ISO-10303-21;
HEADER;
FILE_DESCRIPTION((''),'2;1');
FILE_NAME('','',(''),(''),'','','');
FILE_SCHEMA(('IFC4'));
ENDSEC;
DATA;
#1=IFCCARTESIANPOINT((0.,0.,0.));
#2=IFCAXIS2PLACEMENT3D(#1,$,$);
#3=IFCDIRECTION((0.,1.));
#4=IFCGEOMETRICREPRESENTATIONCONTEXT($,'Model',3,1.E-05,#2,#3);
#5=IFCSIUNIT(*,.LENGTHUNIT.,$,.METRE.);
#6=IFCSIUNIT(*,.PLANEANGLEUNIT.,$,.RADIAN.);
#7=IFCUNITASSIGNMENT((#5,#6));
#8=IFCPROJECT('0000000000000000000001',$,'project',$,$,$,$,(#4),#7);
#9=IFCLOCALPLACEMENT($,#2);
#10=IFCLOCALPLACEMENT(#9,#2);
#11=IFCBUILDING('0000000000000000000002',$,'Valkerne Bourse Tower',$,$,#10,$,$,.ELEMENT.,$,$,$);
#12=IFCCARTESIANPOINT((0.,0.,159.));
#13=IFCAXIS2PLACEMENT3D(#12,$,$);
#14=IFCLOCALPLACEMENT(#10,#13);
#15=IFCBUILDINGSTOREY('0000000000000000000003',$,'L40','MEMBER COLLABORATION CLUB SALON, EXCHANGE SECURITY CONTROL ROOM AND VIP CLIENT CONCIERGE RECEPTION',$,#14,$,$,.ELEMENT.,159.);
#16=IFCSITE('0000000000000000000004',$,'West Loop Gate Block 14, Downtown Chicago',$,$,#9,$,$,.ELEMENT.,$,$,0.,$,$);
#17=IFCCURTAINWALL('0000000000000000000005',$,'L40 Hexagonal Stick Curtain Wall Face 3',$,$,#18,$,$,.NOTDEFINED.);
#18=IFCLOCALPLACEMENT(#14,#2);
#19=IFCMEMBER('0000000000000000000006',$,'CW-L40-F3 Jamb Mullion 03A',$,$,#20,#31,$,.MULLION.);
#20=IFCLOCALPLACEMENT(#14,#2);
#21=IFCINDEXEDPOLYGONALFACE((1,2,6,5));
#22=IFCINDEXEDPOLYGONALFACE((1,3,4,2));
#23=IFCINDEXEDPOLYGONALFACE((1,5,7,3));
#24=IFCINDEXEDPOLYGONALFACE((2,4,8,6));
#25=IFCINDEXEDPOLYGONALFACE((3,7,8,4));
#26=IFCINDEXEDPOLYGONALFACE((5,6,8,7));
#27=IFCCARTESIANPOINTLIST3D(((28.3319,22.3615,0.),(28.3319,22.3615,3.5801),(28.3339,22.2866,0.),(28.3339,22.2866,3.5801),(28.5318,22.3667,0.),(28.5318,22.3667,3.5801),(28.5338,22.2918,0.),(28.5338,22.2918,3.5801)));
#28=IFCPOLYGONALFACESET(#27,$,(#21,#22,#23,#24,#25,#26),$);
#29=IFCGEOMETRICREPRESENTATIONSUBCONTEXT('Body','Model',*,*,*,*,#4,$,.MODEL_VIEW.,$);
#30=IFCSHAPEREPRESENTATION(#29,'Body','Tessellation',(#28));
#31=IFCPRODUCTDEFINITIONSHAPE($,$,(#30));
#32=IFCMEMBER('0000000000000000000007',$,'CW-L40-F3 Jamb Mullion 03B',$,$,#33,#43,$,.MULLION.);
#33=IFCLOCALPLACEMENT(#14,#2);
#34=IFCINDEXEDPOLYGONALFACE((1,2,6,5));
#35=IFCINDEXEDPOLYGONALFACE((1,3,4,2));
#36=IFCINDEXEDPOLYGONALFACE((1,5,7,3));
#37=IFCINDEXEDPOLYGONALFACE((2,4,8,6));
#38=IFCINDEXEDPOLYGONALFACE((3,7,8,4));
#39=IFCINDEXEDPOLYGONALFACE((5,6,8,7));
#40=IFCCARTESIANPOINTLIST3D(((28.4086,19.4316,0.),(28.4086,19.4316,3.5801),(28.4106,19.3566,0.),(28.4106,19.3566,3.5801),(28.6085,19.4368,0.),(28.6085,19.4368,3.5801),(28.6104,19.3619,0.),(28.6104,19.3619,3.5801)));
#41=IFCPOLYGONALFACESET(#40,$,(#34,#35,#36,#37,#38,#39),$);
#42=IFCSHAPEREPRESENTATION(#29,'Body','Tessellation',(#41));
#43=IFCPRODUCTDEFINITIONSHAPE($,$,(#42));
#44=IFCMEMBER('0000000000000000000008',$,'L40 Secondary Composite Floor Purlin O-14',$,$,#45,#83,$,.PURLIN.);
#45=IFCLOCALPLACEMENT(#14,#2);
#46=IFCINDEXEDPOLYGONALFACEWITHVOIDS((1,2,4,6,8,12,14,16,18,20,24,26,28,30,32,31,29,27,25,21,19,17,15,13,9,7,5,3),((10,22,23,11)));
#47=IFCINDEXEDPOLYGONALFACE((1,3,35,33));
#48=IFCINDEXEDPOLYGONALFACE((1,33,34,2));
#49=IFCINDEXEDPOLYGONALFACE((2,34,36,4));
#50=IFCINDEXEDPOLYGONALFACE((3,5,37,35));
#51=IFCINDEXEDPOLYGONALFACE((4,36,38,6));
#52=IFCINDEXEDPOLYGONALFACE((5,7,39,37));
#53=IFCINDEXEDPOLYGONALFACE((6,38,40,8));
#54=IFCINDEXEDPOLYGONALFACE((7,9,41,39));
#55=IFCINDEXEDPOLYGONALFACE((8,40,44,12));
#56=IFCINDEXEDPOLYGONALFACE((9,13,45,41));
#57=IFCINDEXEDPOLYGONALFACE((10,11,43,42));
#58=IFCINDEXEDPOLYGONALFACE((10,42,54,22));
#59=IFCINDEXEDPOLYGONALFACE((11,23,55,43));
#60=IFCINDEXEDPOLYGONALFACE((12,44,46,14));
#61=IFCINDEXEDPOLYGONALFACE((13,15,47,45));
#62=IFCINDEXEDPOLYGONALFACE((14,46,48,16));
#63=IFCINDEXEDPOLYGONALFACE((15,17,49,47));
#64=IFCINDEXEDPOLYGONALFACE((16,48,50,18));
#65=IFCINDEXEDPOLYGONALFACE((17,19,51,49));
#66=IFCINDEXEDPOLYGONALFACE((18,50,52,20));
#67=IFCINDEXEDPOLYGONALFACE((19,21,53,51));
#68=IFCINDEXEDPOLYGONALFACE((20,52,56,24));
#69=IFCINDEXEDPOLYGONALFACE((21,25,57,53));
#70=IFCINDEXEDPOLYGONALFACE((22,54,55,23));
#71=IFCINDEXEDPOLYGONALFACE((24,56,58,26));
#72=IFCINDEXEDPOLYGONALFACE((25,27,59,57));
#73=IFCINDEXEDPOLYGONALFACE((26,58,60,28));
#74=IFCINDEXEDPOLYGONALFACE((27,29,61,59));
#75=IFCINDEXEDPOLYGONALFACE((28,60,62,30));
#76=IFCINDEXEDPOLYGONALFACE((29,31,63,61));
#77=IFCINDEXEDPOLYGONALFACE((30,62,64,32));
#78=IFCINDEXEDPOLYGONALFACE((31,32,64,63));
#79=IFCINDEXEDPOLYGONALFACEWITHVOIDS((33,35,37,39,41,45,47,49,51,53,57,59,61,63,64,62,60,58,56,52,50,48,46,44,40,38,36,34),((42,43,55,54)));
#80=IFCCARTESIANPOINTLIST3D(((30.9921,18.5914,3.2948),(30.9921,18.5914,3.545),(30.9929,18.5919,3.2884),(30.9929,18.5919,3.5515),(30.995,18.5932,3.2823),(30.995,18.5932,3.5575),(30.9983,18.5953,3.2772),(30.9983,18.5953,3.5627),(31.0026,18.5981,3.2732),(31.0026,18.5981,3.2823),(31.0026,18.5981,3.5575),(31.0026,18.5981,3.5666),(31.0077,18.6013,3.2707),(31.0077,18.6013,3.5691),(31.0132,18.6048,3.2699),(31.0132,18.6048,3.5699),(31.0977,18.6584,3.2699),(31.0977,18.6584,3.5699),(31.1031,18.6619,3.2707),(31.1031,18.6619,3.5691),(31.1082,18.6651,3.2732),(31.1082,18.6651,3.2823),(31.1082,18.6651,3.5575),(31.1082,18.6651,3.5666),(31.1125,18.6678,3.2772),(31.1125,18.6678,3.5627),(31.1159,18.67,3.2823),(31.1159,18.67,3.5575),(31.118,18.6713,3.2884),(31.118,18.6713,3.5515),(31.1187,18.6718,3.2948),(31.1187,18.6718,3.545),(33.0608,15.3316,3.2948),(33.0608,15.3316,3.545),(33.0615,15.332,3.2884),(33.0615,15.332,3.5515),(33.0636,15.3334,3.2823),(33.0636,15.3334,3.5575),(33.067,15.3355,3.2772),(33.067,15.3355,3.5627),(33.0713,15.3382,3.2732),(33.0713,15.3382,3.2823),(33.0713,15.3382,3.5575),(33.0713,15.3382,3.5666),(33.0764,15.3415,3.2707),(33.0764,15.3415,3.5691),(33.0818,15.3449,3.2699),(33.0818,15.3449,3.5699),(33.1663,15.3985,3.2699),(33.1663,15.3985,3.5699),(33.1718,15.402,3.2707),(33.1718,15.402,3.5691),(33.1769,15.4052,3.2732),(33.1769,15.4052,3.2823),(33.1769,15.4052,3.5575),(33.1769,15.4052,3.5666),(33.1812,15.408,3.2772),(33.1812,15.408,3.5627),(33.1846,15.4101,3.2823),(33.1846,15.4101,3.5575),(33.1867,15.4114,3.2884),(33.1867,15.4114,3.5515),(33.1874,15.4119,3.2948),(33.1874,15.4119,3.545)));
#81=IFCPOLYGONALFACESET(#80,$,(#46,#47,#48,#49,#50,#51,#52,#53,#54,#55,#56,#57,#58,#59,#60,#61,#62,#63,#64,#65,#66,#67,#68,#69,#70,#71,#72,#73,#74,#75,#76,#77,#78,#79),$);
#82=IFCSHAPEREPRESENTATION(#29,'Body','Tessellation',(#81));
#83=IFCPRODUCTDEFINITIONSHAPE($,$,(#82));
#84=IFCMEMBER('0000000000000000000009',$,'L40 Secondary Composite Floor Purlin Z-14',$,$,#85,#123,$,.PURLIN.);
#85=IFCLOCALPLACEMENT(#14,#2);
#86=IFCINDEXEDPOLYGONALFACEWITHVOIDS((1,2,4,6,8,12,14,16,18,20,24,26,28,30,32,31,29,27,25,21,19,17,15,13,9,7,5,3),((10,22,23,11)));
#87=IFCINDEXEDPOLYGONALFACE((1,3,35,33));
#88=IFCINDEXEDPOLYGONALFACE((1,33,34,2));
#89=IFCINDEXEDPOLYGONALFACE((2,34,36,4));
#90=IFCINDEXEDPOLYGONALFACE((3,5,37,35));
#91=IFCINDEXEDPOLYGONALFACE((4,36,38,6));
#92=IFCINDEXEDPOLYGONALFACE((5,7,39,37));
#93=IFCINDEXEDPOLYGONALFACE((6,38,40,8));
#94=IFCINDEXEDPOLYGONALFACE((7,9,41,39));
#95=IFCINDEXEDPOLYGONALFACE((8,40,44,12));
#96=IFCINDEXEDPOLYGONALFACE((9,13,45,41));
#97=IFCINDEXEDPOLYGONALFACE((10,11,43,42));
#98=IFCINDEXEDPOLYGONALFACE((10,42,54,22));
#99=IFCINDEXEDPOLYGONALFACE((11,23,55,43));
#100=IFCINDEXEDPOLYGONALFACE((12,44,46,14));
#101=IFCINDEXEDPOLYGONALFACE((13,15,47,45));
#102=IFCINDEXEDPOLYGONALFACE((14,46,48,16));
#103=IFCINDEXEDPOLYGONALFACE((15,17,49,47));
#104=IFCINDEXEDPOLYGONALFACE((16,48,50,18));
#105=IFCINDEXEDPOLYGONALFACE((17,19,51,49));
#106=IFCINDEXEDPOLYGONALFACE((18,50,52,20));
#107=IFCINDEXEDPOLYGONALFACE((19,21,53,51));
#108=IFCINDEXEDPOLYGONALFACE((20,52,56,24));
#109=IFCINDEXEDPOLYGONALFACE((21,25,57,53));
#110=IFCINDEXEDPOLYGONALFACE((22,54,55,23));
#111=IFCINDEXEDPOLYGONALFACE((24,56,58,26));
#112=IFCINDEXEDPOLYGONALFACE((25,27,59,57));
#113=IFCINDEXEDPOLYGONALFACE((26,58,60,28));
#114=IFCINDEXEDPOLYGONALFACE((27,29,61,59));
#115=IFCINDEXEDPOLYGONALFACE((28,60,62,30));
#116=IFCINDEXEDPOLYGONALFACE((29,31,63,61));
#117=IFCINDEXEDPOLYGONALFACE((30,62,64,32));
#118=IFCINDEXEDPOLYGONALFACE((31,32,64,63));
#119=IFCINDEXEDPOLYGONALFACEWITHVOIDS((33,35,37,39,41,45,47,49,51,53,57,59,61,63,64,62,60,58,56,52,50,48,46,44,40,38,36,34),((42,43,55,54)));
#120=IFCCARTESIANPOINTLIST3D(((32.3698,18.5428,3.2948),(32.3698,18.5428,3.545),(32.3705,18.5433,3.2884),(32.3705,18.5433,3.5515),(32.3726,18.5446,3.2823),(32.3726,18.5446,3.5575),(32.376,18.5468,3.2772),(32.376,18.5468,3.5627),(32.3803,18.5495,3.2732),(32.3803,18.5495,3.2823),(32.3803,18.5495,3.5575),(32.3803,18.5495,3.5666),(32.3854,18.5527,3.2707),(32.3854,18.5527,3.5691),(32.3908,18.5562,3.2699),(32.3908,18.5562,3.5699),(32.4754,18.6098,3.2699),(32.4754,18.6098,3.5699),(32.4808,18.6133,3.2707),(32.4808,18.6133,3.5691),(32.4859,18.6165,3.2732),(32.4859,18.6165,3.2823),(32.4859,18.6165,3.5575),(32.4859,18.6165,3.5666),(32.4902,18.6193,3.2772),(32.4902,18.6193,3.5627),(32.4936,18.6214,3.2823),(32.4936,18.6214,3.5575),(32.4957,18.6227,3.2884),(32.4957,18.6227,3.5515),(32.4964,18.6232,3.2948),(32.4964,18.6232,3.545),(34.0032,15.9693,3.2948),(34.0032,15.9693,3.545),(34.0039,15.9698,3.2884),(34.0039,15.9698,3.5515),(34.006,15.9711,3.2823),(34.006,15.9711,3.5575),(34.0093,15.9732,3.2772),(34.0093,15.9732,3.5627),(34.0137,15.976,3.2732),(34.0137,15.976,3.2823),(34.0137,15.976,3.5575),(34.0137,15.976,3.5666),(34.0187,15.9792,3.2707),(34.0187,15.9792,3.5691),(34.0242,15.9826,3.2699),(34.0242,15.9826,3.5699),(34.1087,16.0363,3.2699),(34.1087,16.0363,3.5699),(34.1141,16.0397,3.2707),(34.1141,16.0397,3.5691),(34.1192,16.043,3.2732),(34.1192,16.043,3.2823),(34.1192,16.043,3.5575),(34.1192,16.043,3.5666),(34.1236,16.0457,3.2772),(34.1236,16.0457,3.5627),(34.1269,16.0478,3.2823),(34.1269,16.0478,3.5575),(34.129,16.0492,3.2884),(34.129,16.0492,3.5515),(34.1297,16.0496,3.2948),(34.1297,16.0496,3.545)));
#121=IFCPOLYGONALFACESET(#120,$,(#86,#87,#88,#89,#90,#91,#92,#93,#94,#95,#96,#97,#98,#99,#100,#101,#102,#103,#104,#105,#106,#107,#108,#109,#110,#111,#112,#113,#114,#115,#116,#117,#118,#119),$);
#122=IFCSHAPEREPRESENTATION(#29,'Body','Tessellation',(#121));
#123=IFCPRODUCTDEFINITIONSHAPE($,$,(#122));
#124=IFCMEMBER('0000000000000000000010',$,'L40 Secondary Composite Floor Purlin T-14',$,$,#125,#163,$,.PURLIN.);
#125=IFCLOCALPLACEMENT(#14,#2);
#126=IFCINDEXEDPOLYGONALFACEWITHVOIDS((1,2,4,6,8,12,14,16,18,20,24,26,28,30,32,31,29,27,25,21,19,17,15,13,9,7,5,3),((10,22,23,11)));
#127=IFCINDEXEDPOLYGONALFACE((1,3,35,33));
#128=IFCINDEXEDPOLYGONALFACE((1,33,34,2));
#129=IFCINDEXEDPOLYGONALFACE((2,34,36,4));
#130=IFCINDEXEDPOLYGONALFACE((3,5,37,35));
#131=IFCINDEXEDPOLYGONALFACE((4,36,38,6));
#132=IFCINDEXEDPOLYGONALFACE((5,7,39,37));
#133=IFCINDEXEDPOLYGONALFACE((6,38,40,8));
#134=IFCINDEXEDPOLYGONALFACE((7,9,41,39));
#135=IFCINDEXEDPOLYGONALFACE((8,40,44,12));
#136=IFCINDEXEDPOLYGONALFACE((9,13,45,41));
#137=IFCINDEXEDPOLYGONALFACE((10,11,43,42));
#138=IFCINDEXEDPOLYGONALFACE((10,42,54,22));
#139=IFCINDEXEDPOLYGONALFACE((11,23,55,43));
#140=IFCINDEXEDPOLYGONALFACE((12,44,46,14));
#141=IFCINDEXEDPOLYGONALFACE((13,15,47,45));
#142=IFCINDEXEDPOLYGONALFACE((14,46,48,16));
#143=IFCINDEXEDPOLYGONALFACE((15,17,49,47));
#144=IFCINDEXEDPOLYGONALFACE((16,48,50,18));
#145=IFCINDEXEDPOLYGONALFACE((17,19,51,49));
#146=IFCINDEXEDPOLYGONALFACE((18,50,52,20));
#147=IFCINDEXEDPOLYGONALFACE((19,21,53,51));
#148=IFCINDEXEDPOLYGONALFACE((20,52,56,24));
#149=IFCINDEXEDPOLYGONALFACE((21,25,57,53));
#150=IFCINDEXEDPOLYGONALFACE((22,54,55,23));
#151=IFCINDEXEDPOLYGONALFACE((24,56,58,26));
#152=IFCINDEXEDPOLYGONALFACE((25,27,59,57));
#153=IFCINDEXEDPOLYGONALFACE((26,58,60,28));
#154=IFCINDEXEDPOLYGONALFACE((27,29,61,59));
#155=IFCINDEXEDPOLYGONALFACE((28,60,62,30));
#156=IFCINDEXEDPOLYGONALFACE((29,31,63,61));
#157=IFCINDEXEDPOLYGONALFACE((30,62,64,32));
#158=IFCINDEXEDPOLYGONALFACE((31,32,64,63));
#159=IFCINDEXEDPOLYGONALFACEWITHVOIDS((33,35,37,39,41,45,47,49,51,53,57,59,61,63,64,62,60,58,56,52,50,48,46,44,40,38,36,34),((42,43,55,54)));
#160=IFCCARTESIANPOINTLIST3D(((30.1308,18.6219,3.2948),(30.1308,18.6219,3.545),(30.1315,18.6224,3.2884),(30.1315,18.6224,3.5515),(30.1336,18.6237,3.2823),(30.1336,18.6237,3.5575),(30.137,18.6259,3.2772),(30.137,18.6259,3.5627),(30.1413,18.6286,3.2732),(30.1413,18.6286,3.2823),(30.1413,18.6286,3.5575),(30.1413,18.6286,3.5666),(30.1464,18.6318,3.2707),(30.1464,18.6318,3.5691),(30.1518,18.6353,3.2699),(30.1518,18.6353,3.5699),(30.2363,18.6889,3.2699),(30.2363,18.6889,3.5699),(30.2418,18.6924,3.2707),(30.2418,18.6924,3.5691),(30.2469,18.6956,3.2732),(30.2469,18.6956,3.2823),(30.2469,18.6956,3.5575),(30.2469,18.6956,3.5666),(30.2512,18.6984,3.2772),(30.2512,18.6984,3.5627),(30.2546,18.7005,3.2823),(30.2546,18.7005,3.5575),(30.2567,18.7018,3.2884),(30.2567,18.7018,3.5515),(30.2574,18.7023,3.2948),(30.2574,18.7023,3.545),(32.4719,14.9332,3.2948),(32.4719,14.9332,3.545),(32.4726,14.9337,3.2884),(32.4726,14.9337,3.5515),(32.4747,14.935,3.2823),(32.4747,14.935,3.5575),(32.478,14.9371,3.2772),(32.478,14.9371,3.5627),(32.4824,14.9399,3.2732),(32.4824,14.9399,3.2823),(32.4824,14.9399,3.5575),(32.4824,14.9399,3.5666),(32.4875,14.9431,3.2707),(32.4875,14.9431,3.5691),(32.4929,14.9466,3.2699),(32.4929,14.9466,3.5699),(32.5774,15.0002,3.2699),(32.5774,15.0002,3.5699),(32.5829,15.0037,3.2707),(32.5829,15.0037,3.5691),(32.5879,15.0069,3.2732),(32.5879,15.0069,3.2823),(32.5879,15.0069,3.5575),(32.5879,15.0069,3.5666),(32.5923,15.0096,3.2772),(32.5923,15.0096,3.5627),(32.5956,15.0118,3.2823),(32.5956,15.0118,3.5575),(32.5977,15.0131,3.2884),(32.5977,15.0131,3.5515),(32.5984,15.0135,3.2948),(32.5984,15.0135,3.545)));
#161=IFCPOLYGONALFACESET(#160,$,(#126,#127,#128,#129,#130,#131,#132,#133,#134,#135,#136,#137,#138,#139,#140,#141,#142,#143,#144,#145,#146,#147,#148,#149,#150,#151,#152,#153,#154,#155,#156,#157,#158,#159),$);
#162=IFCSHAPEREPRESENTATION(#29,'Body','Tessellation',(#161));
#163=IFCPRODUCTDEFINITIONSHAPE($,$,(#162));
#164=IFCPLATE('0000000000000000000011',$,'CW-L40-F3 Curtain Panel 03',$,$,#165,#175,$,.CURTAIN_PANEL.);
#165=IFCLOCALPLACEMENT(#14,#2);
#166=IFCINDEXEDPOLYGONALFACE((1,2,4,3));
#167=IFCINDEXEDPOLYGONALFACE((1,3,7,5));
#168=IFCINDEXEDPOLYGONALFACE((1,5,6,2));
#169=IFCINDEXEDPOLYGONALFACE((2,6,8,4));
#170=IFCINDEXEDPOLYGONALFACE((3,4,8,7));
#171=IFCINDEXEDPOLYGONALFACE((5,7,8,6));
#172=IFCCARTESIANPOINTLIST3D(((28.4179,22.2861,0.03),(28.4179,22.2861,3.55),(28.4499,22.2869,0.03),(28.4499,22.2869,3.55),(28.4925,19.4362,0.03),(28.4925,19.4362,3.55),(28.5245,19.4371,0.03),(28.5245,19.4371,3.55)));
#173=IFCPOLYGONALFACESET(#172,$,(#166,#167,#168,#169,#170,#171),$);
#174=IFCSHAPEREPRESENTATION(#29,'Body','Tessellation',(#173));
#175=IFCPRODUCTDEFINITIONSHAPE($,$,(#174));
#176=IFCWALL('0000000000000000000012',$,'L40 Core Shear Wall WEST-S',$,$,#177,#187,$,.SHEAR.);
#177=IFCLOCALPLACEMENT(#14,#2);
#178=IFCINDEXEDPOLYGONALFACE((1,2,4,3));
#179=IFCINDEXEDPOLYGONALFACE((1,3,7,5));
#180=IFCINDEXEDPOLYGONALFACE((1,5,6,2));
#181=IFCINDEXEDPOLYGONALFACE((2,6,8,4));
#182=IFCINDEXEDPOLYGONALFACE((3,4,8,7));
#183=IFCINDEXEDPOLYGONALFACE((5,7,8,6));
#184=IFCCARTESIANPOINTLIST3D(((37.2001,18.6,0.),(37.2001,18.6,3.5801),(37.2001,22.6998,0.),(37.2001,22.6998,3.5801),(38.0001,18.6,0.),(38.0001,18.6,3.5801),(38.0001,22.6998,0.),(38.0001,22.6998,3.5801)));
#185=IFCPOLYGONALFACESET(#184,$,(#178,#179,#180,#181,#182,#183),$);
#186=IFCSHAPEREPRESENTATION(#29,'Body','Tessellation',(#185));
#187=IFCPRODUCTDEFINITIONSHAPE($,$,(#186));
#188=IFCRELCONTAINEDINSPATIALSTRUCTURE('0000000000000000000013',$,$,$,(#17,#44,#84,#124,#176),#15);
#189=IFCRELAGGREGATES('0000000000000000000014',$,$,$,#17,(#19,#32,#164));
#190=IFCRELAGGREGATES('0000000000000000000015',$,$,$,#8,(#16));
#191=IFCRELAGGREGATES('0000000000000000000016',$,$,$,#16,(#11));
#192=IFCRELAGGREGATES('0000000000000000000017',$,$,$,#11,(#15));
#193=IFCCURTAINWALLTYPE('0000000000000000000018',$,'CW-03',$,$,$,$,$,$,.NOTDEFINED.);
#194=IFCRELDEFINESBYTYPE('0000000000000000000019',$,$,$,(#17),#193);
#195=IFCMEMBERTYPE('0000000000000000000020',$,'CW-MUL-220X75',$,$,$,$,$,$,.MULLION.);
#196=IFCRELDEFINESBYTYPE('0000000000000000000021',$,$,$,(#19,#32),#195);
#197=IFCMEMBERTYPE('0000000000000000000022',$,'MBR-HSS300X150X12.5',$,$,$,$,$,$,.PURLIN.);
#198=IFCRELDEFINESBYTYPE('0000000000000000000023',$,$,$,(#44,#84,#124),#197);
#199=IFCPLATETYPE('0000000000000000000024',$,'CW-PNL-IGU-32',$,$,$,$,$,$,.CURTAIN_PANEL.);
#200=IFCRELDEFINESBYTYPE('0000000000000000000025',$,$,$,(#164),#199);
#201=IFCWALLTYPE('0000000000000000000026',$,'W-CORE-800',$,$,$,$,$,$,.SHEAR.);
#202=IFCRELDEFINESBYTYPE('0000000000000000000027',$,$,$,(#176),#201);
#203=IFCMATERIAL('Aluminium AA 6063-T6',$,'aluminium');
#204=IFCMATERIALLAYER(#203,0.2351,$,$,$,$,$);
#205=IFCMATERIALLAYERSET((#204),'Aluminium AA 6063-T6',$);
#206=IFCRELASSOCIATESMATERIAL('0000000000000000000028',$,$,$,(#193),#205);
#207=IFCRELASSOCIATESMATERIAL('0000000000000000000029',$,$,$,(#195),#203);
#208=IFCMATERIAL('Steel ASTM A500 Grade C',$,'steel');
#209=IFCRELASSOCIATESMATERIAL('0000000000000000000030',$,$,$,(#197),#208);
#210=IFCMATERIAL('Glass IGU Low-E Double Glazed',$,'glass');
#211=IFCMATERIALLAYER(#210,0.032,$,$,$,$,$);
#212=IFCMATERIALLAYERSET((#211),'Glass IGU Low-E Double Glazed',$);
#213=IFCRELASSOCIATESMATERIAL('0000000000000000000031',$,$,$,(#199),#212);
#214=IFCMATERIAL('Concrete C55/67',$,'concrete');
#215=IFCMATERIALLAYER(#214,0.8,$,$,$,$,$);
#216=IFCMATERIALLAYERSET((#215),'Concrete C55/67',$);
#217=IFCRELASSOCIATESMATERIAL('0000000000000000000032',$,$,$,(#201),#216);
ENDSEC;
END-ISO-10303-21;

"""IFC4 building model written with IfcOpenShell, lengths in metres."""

from ifc_helpers import new_model, si_unit, direction, frame, frame_2d, origin, origin_2d, place, context, subcontext, project, spatial, rectangle, hollow_rectangle, extrude, material, layer, layer_set, material_profile, profile_set, type_object, element, aggregate, save


model = new_model("IFC4")

# Units and contexts
model_context = context("Model", 3, precision=1e-05, world=origin(), true_north=direction((0.0, 1.0)))
body_context = subcontext(model_context, "Body", "Model", "MODEL_VIEW")
ifc_project = project(units=[si_unit("LENGTHUNIT", "METRE"), si_unit("PLANEANGLEUNIT", "RADIAN")], contexts=[model_context])

# Site, building, storey
site_placement = place(None, origin())
site = spatial("IfcSite", under=ifc_project, at=site_placement, Name="West Loop Gate Block 14, Downtown Chicago", CompositionType="ELEMENT", RefElevation=0.0)
building_placement = place(site_placement, origin())
building = spatial("IfcBuilding", under=site, at=building_placement, Name="Valkerne Bourse Tower", CompositionType="ELEMENT")
storey_placement = place(building_placement, frame((0.0, 0.0, 159.0)))
storey = spatial("IfcBuildingStorey", under=building, at=storey_placement, Name="L40", Description="MEMBER COLLABORATION CLUB SALON, EXCHANGE SECURITY CONTROL ROOM AND VIP CLIENT CONCIERGE RECEPTION", CompositionType="ELEMENT", Elevation=159.0)

# Curtain wall, members
ifc_material_1 = material(Name="Aluminium AA 6063-T6", Category="aluminium")
ifc_layer_1 = layer(ifc_material_1, 0.2351)
ifc_layer_set_1 = layer_set([ifc_layer_1], Name="Aluminium AA 6063-T6")
curtain_wall_type = type_object("IfcCurtainWallType", Name="CW-03", PredefinedType="NOTDEFINED", material=ifc_layer_set_1)
curtain_wall_placement = place(storey_placement, origin())
curtain_wall = element("IfcCurtainWall", 1, at=curtain_wall_placement, inside=storey, type_object=curtain_wall_type, Name="L40 Hexagonal Stick Curtain Wall Face 3", PredefinedType="NOTDEFINED")
ifc_material_profile_1 = material_profile(ifc_material_1, rectangle(XDim=0.075, YDim=0.2, at=origin_2d()), Name="CWM-75X200")
ifc_profile_set_1 = profile_set([ifc_material_profile_1], Name="Aluminium AA 6063-T6")
member_type_1 = type_object("IfcMemberType", Name="CW-MUL-220X75", PredefinedType="MULLION", material=ifc_profile_set_1)
member_1_placement = place(storey_placement, frame((28.4329, 22.3267, 0.0), z_axis=(0.0, 0.0, 1.0), x_axis=(0.026173, -0.999657, 0.0)))
member_1 = element("IfcMember", 2, at=member_1_placement, type_object=member_type_1, Name="CW-L40-F3 Jamb Mullion 03A", PredefinedType="MULLION", context=body_context, shape_type="SweptSolid", body=[
    extrude(rectangle(XDim=0.075, YDim=0.2, at=origin_2d()), origin(), (0.0, 0.0, 1.0), 3.5801),
])
member_2_placement = place(storey_placement, frame((28.5095, 19.3967, 0.0), z_axis=(0.0, 0.0, 1.0), x_axis=(0.026173, -0.999657, 0.0)))
member_2 = element("IfcMember", 3, at=member_2_placement, type_object=member_type_1, Name="CW-L40-F3 Jamb Mullion 03B", PredefinedType="MULLION", context=body_context, shape_type="SweptSolid", body=[
    extrude(rectangle(XDim=0.075, YDim=0.2, at=origin_2d()), origin(), (0.0, 0.0, 1.0), 3.5801),
])

# Members
ifc_material_2 = material(Name="Steel ASTM A500 Grade C", Category="steel")
ifc_material_profile_2 = material_profile(ifc_material_2, hollow_rectangle(XDim=0.1499, YDim=0.3, WallThickness=0.0125, OuterFilletRadius=0.0249, at=origin_2d()), Name="HSS300X150X12.5")
ifc_profile_set_2 = profile_set([ifc_material_profile_2], Name="Steel ASTM A500 Grade C")
member_type_2 = type_object("IfcMemberType", Name="MBR-HSS300X150X12.5", PredefinedType="PURLIN", material=ifc_profile_set_2)
member_3_placement = place(storey_placement, frame((31.0554, 18.6316, 3.4199), z_axis=(0.535807, -0.84434, 0.0), x_axis=(0.84434, 0.535807, 0.0)))
element("IfcMember", 4, at=member_3_placement, inside=storey, type_object=member_type_2, Name="L40 Secondary Composite Floor Purlin O-14", PredefinedType="PURLIN", context=body_context, shape_type="SweptSolid", body=[
    extrude(hollow_rectangle(XDim=0.1499, YDim=0.3, WallThickness=0.0125, OuterFilletRadius=0.0249, at=origin_2d()), origin(), (0.0, 0.0, 1.0), 3.8608),
])
member_4_placement = place(storey_placement, frame((32.4331, 18.583, 3.4199), z_axis=(0.535854, -0.844311, 0.0), x_axis=(0.844311, 0.535854, 0.0)))
element("IfcMember", 5, at=member_4_placement, inside=storey, type_object=member_type_2, Name="L40 Secondary Composite Floor Purlin Z-14", PredefinedType="PURLIN", context=body_context, shape_type="SweptSolid", body=[
    extrude(hollow_rectangle(XDim=0.1499, YDim=0.3, WallThickness=0.0125, OuterFilletRadius=0.0249, at=origin_2d()), origin(), (0.0, 0.0, 1.0), 3.0481),
])
member_5_placement = place(storey_placement, frame((30.1941, 18.6621, 3.4199), z_axis=(0.535848, -0.844314, 0.0), x_axis=(0.844314, 0.535848, 0.0)))
element("IfcMember", 6, at=member_5_placement, inside=storey, type_object=member_type_2, Name="L40 Secondary Composite Floor Purlin T-14", PredefinedType="PURLIN", context=body_context, shape_type="SweptSolid", body=[
    extrude(hollow_rectangle(XDim=0.1499, YDim=0.3, WallThickness=0.0125, OuterFilletRadius=0.0249, at=origin_2d()), origin(), (0.0, 0.0, 1.0), 4.3689),
])

# Plate
ifc_material_3 = material(Name="Glass IGU Low-E Double Glazed", Category="glass")
ifc_layer_2 = layer(ifc_material_3, 0.032)
ifc_layer_set_2 = layer_set([ifc_layer_2], Name="Glass IGU Low-E Double Glazed")
plate_type = type_object("IfcPlateType", Name="CW-PNL-IGU-32", PredefinedType="CURTAIN_PANEL", material=ifc_layer_set_2)
plate_placement = place(storey_placement, frame((28.4712, 20.8616, 0.03), z_axis=(0.0, 0.0, 1.0), x_axis=(0.026173, -0.999657, 0.0)))
plate = element("IfcPlate", 7, at=plate_placement, type_object=plate_type, Name="CW-L40-F3 Curtain Panel 03", PredefinedType="CURTAIN_PANEL", context=body_context, shape_type="SweptSolid", body=[
    extrude(rectangle(XDim=2.8508, YDim=0.032, at=origin_2d()), origin(), (0.0, 0.0, 1.0), 3.52),
])
aggregate(curtain_wall, [member_1, member_2, plate])

# Wall
ifc_material_4 = material(Name="Concrete C55/67", Category="concrete")
ifc_layer_3 = layer(ifc_material_4, 0.8)
ifc_layer_set_3 = layer_set([ifc_layer_3], Name="Concrete C55/67")
wall_type_1 = type_object("IfcWallType", Name="W-CORE-800", PredefinedType="SHEAR", material=ifc_layer_set_3)
wall_1_placement = place(storey_placement, frame((37.6001, 18.6001, 0.0), z_axis=(0.0, 0.0, 1.0), x_axis=(0.0, 1.0, 0.0)))
element("IfcWall", 8, at=wall_1_placement, inside=storey, type_object=wall_type_1, Name="L40 Core Shear Wall WEST-S", PredefinedType="SHEAR", context=body_context, shape_type="SweptSolid", body=[
    extrude(rectangle(XDim=4.0999, YDim=0.8, at=frame_2d((2.0498, 0.0))), origin(), (0.0, 0.0, 1.0), 3.5801),
])

save(model, "model.ifc")
